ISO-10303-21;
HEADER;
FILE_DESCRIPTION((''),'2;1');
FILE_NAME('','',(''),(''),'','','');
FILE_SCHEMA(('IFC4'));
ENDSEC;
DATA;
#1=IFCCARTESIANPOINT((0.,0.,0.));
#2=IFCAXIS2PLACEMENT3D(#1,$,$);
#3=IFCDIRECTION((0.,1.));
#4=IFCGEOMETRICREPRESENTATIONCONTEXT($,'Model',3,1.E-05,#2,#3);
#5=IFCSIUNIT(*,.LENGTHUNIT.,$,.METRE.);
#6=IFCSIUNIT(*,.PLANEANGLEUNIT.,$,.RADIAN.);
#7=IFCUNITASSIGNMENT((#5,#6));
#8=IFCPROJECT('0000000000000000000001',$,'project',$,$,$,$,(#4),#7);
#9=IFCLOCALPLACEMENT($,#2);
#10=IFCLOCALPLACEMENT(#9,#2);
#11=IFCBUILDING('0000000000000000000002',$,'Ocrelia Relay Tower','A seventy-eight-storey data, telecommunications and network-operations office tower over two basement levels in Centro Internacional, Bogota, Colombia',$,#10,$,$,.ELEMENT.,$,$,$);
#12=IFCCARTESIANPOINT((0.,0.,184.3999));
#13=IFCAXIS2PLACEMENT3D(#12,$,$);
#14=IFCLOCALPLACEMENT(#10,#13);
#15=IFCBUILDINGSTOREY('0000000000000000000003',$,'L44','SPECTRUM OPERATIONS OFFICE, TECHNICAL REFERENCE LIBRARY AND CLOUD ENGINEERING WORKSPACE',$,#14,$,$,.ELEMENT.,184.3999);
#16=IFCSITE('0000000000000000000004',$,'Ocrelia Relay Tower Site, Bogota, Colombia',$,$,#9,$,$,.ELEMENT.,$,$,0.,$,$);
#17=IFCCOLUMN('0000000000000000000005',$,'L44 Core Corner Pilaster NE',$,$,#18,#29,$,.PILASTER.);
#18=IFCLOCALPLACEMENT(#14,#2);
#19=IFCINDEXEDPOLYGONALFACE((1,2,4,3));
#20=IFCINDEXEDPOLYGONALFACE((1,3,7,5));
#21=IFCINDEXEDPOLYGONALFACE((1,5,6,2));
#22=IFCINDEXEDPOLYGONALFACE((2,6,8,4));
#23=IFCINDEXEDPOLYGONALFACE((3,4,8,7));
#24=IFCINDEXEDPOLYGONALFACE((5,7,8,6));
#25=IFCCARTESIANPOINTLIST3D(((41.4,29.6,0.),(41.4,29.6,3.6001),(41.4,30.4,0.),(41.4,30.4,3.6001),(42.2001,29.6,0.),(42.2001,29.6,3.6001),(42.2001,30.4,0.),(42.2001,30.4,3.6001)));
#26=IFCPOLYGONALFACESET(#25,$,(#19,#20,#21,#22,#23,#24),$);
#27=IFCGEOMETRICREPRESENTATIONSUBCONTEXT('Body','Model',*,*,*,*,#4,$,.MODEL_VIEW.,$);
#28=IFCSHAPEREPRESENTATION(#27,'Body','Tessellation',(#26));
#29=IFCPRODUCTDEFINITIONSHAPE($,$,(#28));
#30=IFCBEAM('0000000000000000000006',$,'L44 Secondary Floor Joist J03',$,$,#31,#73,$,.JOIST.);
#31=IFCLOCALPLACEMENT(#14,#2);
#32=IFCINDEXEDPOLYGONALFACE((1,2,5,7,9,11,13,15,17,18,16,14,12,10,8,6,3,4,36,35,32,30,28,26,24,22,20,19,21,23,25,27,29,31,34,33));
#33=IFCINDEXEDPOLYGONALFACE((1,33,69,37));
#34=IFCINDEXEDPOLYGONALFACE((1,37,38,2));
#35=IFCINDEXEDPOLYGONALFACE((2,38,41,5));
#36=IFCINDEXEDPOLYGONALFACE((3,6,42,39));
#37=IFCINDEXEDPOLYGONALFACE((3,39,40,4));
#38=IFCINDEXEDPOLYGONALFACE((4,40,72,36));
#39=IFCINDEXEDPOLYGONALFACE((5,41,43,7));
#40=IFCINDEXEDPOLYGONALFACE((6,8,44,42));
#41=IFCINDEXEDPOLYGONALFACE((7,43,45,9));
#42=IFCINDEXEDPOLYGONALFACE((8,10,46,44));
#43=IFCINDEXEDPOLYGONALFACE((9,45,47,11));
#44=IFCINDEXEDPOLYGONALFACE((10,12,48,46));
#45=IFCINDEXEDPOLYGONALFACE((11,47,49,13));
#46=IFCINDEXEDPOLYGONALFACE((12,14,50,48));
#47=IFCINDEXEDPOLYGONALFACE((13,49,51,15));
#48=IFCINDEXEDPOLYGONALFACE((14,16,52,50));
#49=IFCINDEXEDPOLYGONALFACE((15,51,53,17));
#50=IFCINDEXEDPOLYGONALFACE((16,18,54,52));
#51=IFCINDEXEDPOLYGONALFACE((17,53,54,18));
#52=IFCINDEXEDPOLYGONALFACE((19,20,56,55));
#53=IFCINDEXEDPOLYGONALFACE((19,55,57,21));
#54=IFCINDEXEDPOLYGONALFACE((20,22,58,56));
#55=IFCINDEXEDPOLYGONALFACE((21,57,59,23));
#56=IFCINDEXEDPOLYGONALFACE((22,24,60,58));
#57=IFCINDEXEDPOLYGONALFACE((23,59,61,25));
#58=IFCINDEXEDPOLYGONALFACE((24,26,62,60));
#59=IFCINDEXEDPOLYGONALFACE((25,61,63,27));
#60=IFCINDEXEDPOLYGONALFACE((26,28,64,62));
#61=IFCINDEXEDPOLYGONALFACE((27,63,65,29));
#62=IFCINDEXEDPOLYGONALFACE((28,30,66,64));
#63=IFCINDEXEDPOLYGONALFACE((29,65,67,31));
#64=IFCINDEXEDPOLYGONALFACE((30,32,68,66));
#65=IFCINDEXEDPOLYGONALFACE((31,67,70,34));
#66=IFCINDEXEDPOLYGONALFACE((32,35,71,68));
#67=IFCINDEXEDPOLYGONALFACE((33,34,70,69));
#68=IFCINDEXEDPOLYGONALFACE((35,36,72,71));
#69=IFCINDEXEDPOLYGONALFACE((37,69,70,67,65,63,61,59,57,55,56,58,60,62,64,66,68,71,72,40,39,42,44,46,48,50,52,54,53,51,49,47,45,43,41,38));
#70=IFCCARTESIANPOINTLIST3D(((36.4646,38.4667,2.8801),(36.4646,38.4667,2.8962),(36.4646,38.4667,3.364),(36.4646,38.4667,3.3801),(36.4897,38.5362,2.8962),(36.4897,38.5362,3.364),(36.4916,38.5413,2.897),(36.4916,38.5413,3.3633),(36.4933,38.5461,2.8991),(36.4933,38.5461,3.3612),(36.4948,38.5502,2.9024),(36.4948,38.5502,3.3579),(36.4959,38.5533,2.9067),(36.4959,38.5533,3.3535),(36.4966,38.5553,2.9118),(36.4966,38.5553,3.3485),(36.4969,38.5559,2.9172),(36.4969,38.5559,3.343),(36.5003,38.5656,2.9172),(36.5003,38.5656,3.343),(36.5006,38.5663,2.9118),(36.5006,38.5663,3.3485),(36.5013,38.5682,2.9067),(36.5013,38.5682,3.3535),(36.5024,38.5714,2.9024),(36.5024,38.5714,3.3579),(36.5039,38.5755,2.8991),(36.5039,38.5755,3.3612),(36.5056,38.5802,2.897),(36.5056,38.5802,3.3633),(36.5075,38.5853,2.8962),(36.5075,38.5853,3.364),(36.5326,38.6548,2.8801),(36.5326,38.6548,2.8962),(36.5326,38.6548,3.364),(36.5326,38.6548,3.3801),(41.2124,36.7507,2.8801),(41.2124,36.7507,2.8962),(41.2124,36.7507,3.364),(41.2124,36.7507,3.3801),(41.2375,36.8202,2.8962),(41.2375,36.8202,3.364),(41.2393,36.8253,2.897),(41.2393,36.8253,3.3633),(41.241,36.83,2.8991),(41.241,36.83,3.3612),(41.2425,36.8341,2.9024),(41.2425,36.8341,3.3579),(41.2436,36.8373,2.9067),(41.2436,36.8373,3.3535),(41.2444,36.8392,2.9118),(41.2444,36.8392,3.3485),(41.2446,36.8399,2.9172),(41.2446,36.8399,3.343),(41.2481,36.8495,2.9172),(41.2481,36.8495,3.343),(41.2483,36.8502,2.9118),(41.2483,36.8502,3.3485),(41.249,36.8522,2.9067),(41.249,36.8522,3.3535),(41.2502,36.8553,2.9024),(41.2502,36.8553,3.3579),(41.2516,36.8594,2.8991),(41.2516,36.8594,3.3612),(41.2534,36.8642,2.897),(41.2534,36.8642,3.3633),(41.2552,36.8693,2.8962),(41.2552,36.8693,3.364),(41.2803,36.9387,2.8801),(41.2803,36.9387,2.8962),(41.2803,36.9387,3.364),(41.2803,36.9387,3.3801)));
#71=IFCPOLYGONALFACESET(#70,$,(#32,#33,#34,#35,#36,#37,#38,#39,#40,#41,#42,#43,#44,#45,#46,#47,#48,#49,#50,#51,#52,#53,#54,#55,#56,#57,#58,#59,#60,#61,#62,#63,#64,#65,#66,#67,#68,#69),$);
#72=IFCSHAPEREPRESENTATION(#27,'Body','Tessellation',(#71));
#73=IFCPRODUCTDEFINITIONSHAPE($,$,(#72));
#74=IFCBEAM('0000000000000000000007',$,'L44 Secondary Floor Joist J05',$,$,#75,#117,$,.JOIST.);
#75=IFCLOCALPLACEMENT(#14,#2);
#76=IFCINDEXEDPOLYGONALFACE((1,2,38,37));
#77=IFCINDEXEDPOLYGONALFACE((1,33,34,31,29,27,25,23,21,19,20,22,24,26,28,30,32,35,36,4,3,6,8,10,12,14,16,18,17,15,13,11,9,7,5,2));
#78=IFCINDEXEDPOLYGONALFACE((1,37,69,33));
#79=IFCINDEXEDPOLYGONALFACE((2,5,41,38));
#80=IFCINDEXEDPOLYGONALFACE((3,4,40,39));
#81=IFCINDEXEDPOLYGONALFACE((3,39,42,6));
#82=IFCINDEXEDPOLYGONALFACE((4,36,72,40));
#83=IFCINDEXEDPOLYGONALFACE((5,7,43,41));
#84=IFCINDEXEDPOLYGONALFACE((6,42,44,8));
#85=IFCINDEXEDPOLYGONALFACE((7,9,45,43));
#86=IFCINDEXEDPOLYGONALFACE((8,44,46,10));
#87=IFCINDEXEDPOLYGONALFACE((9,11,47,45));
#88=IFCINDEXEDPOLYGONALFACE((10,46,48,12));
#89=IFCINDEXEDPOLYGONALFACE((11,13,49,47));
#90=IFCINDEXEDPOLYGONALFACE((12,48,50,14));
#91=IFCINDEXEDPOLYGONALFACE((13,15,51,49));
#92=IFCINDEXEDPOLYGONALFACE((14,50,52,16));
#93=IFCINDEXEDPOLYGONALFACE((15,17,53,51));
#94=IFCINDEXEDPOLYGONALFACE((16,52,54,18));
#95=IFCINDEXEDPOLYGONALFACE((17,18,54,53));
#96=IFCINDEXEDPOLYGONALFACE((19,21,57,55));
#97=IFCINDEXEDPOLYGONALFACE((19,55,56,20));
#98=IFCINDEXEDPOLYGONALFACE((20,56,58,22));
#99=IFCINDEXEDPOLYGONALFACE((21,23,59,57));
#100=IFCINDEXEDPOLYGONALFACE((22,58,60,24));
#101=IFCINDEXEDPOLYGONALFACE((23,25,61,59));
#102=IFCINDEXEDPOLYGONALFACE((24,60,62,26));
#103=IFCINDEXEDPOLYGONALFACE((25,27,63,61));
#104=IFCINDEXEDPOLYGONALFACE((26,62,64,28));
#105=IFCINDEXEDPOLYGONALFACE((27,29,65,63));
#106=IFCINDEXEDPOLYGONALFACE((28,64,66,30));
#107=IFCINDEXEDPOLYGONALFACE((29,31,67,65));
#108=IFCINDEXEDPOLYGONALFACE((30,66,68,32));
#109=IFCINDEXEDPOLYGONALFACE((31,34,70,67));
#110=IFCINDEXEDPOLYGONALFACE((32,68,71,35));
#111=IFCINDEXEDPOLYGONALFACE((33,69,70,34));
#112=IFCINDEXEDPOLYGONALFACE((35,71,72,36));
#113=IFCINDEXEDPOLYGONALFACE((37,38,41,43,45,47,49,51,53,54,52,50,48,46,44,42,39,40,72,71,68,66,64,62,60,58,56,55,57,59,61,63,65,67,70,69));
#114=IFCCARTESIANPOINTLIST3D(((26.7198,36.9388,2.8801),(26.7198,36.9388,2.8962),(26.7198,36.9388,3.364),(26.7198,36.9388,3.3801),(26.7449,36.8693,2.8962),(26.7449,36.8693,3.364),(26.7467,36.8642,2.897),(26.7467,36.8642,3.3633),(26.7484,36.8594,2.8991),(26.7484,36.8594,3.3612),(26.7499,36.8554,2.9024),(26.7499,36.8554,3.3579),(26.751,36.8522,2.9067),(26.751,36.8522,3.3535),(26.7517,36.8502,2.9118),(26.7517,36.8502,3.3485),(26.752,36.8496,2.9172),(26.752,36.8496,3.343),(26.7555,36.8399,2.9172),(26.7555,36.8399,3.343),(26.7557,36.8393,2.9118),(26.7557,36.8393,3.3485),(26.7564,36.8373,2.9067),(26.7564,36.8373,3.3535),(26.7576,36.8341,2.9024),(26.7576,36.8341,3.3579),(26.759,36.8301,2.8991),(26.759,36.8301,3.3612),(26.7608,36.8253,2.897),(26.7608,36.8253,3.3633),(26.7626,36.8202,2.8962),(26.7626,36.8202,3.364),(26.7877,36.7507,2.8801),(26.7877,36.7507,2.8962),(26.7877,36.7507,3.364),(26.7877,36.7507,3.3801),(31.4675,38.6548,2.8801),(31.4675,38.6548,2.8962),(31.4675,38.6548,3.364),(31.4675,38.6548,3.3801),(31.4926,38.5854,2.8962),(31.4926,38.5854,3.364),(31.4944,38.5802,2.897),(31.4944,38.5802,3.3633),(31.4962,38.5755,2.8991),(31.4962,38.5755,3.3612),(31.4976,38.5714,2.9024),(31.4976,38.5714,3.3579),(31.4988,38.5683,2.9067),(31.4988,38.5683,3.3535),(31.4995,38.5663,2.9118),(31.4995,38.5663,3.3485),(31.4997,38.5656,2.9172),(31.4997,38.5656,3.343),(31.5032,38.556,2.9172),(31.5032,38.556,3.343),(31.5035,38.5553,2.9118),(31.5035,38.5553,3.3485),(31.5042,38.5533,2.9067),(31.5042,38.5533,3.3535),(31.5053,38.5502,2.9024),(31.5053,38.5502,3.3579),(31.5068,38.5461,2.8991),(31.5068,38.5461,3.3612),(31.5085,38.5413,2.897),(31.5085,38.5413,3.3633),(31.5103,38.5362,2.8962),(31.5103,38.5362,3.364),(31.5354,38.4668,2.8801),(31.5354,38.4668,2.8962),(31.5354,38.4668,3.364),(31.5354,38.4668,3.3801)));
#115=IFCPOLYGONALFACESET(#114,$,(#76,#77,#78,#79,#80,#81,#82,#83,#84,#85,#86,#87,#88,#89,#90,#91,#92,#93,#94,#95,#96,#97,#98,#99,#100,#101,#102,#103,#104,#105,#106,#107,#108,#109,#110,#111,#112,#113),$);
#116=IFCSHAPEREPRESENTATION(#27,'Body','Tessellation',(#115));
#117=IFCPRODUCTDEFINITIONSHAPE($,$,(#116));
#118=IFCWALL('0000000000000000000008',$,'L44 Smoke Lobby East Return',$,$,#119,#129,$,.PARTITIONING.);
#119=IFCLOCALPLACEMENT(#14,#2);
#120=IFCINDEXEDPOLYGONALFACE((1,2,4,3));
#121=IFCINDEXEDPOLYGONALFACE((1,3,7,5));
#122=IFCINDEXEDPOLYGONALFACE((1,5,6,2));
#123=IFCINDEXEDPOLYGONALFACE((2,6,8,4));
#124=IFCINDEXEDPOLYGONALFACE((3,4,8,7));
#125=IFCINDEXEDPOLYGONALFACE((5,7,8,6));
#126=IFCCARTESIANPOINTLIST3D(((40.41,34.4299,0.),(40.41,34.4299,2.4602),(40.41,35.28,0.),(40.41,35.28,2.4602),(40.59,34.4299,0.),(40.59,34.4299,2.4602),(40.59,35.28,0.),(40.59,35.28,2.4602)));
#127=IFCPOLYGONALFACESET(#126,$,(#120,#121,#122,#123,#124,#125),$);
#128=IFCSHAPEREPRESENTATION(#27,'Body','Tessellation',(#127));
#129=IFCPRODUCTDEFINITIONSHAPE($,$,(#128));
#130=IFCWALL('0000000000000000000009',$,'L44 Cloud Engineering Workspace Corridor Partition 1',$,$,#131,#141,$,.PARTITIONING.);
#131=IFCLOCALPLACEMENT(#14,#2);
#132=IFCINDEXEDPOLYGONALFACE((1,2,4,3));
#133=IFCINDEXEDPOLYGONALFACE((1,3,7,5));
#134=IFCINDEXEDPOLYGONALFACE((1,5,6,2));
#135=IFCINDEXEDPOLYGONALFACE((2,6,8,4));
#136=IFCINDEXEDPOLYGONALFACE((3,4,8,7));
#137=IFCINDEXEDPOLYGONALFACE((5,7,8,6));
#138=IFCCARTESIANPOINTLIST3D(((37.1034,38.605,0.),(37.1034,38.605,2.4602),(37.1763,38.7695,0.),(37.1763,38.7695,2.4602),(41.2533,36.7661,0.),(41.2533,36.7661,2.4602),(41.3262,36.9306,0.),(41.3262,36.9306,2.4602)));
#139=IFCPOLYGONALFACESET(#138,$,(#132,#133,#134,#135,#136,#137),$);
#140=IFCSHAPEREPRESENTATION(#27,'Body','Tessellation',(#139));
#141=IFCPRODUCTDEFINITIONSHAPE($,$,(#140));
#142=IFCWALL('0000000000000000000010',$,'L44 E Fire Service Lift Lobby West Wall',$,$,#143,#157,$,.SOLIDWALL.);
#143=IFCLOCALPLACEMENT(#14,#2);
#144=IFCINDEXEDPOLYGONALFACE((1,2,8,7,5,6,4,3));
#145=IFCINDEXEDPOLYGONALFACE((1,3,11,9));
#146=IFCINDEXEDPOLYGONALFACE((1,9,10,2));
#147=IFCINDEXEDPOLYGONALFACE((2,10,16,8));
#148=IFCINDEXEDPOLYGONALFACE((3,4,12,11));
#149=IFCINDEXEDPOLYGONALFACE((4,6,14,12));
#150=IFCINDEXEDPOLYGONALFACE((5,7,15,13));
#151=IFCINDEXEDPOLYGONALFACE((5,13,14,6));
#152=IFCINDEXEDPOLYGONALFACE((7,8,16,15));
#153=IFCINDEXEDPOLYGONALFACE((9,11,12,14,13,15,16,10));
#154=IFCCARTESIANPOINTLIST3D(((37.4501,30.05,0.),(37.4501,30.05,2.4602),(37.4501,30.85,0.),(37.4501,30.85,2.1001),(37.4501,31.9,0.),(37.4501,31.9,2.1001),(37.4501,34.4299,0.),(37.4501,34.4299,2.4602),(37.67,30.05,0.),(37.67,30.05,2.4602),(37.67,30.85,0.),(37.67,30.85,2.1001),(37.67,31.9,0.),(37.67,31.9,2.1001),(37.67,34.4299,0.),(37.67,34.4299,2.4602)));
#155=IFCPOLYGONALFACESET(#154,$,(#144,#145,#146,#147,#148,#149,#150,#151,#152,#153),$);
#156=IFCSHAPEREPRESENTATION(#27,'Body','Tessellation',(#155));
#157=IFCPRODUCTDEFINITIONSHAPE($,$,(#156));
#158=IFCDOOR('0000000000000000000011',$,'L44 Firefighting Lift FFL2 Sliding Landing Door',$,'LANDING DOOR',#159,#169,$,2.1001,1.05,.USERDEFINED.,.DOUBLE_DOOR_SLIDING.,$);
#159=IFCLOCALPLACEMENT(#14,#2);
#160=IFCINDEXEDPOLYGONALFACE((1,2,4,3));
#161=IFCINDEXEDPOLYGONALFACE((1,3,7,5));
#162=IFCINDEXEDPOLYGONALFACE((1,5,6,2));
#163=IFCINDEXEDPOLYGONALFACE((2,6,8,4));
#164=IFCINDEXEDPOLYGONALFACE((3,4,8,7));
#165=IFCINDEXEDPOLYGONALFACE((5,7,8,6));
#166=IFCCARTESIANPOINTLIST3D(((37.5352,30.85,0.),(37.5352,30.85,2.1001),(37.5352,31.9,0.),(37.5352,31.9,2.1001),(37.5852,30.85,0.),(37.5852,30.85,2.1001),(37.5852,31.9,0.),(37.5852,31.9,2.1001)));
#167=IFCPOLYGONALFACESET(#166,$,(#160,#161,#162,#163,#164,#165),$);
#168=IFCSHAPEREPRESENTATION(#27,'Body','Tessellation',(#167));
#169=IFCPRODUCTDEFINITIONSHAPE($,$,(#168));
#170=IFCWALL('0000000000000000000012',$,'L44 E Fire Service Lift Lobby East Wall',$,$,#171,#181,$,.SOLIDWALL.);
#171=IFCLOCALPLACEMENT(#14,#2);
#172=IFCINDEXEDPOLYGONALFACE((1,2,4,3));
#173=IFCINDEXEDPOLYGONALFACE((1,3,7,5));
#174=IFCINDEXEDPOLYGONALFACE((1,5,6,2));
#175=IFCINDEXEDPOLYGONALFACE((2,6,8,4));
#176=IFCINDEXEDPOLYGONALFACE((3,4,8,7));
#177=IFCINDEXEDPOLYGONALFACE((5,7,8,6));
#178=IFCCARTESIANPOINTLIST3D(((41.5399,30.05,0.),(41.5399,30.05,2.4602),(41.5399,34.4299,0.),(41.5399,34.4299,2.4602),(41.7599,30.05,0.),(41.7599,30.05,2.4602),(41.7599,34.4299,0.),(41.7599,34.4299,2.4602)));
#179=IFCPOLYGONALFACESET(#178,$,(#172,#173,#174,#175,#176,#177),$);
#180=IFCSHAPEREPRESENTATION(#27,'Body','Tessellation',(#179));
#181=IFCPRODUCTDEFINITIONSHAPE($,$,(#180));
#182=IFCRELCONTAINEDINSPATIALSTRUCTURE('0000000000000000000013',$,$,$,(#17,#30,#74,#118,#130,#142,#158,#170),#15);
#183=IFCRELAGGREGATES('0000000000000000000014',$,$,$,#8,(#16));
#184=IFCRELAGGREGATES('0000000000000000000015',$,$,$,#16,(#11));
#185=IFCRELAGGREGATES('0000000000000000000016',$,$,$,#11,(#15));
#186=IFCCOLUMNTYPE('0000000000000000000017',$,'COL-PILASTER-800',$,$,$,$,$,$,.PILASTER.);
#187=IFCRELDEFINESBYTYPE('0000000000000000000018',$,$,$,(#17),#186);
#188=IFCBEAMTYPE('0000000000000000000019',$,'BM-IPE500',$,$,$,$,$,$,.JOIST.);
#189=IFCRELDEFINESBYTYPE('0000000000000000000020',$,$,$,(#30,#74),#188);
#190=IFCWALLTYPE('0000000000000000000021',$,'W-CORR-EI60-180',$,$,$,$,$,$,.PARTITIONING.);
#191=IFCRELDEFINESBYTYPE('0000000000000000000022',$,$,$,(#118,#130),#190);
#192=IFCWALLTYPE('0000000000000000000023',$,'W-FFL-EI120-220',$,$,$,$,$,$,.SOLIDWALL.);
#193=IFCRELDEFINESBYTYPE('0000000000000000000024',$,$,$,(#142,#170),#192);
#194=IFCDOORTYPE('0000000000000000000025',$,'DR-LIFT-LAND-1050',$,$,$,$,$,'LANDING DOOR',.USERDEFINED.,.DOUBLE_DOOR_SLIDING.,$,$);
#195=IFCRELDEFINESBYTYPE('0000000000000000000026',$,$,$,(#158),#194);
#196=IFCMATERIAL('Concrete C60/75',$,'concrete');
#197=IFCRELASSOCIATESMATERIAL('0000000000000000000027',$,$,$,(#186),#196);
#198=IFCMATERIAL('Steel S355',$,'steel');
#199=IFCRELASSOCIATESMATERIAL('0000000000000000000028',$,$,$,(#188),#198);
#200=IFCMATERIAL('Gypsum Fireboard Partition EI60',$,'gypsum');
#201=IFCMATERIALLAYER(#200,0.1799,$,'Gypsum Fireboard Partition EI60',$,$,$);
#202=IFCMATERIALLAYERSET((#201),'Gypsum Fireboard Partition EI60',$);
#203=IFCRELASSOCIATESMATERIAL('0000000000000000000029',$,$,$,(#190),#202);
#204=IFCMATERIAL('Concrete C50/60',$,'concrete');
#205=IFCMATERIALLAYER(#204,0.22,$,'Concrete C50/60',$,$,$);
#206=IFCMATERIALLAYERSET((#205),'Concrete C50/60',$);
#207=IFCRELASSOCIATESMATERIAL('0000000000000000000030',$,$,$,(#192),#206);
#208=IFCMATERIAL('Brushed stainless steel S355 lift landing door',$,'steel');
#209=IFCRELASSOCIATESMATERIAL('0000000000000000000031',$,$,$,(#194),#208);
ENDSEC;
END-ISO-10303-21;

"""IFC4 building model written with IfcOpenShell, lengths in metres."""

from ifc_helpers import new_model, si_unit, direction, frame, frame_2d, origin, origin_2d, place, context, subcontext, project, spatial, rectangle, i_section, extrude, material, layer, layer_set, material_profile, profile_set, type_object, element, fill, save


model = new_model("IFC4")

# Units and contexts
model_context = context("Model", 3, precision=1e-05, world=origin(), true_north=direction((0.0, 1.0)))
body_context = subcontext(model_context, "Body", "Model", "MODEL_VIEW")
ifc_project = project(units=[si_unit("LENGTHUNIT", "METRE"), si_unit("PLANEANGLEUNIT", "RADIAN")], contexts=[model_context])

# Site, building, storey
site_placement = place(None, origin())
site = spatial("IfcSite", under=ifc_project, at=site_placement, Name="Ocrelia Relay Tower Site, Bogota, Colombia", CompositionType="ELEMENT", RefElevation=0.0)
building_placement = place(site_placement, origin())
building = spatial("IfcBuilding", under=site, at=building_placement, Name="Ocrelia Relay Tower", Description="A seventy-eight-storey data, telecommunications and network-operations office tower over two basement levels in Centro Internacional, Bogota, Colombia", CompositionType="ELEMENT")
storey_placement = place(building_placement, frame((0.0, 0.0, 184.3999)))
storey = spatial("IfcBuildingStorey", under=building, at=storey_placement, Name="L44", Description="SPECTRUM OPERATIONS OFFICE, TECHNICAL REFERENCE LIBRARY AND CLOUD ENGINEERING WORKSPACE", CompositionType="ELEMENT", Elevation=184.3999)

# Column
ifc_material_1 = material(Name="Concrete C60/75", Category="concrete")
ifc_material_profile_1 = material_profile(ifc_material_1, rectangle(XDim=0.8, YDim=0.8, at=origin_2d()), Name="RC-COL-800x800")
ifc_profile_set_1 = profile_set([ifc_material_profile_1], Name="Concrete C60/75")
column_type = type_object("IfcColumnType", Name="COL-PILASTER-800", PredefinedType="PILASTER", material=ifc_profile_set_1)
column_placement = place(storey_placement, frame((41.8, 30.0, 0.0), z_axis=(0.0, 0.0, 1.0), x_axis=(1.0, 0.0, 0.0)))
element("IfcColumn", 1, at=column_placement, inside=storey, type_object=column_type, Name="L44 Core Corner Pilaster NE", PredefinedType="PILASTER", context=body_context, shape_type="SweptSolid", body=[
    extrude(rectangle(XDim=0.8, YDim=0.8, at=origin_2d()), origin(), (0.0, 0.0, 1.0), 3.6001),
])

# Beams
ifc_material_2 = material(Name="Steel S355", Category="steel")
ifc_material_profile_2 = material_profile(ifc_material_2, i_section(OverallWidth=0.2, OverallDepth=0.5, WebThickness=0.0103, FlangeThickness=0.0161, FilletRadius=0.021, at=origin_2d()), Name="IPE 500")
ifc_profile_set_2 = profile_set([ifc_material_profile_2], Name="Steel S355")
beam_type = type_object("IfcBeamType", Name="BM-IPE500", PredefinedType="JOIST", material=ifc_profile_set_2)
for number, where, z_axis, x_axis, name in (
    (2, (41.2463, 36.8447, 3.1301), (-0.940454, 0.339921, 0.0), (-0.339921, -0.940454, 0.0), "L44 Secondary Floor Joist J03"),
    (3, (31.5015, 38.5608, 3.1301), (-0.940454, -0.339921, 0.0), (0.339921, -0.940454, 0.0), "L44 Secondary Floor Joist J05"),
):
    element("IfcBeam", number, at=place(storey_placement, frame(where, z_axis=z_axis, x_axis=x_axis)), inside=storey, type_object=beam_type, Name=name, PredefinedType="JOIST", context=body_context, shape_type="SweptSolid", body=[
        extrude(i_section(OverallWidth=0.2, OverallDepth=0.5, WebThickness=0.0103, FlangeThickness=0.0161, FilletRadius=0.021, at=origin_2d()), origin(), (0.0, 0.0, 1.0), 5.0483),
    ])

# Wall
ifc_material_3 = material(Name="Gypsum Fireboard Partition EI60", Category="gypsum")
ifc_layer_1 = layer(ifc_material_3, 0.1799, Name="Gypsum Fireboard Partition EI60")
ifc_layer_set_1 = layer_set([ifc_layer_1], Name="Gypsum Fireboard Partition EI60")
wall_type_1 = type_object("IfcWallType", Name="W-CORR-EI60-180", PredefinedType="PARTITIONING", material=ifc_layer_set_1)
wall_1_placement = place(storey_placement, frame((40.5, 35.28, 0.0), z_axis=(0.0, 0.0, 1.0), x_axis=(0.0, -1.0, 0.0)))
element("IfcWall", 4, at=wall_1_placement, inside=storey, type_object=wall_type_1, Name="L44 Smoke Lobby East Return", PredefinedType="PARTITIONING", context=body_context, shape_type="SweptSolid", body=[
    extrude(rectangle(XDim=0.8501, YDim=0.1799, at=frame_2d((0.425, 0.0))), origin(), (0.0, 0.0, 1.0), 2.4602),
])

# Wall
wall_2_placement = place(storey_placement, frame((41.2898, 36.8484, 0.0), z_axis=(0.0, 0.0, 1.0), x_axis=(-0.914263, 0.40512, 0.0)))
element("IfcWall", 5, at=wall_2_placement, inside=storey, type_object=wall_type_1, Name="L44 Cloud Engineering Workspace Corridor Partition 1", PredefinedType="PARTITIONING", context=body_context, shape_type="SweptSolid", body=[
    extrude(rectangle(XDim=4.5391, YDim=0.1799, at=frame_2d((2.2695, 0.0))), origin(), (0.0, 0.0, 1.0), 2.4602),
])

# Wall, opening, door
ifc_material_4 = material(Name="Concrete C50/60", Category="concrete")
ifc_layer_2 = layer(ifc_material_4, 0.22, Name="Concrete C50/60")
ifc_layer_set_2 = layer_set([ifc_layer_2], Name="Concrete C50/60")
wall_type_2 = type_object("IfcWallType", Name="W-FFL-EI120-220", PredefinedType="SOLIDWALL", material=ifc_layer_set_2)
wall_3_placement = place(storey_placement, frame((37.5601, 30.05, 0.0), z_axis=(0.0, 0.0, 1.0), x_axis=(0.0, 1.0, 0.0)))
wall_3 = element("IfcWall", 6, at=wall_3_placement, inside=storey, type_object=wall_type_2, Name="L44 E Fire Service Lift Lobby West Wall", PredefinedType="SOLIDWALL", context=body_context, shape_type="SweptSolid", body=[
    extrude(rectangle(XDim=4.3799, YDim=0.22, at=frame_2d((2.1899, 0.0))), origin(), (0.0, 0.0, 1.0), 2.4602),
])
opening_1_placement = place(wall_3_placement, frame((0.8, 0.0, 0.0)))
opening_1 = element("IfcOpeningElement", 7, at=opening_1_placement, cuts=wall_3, PredefinedType="OPENING", context=body_context, shape_type="SweptSolid", body=[
    extrude(rectangle(XDim=1.05, YDim=2.1001, at=frame_2d((0.5249, 1.05))), frame((0.0, 0.1201, 0.0), z_axis=(0.0, -1.0, 0.0), x_axis=(1.0, 0.0, 0.0)), (0.0, 0.0, 1.0), 0.24),
])
ifc_material_5 = material(Name="Brushed stainless steel S355 lift landing door", Category="steel")
door_type_1 = type_object("IfcDoorType", Name="DR-LIFT-LAND-1050", ElementType="LANDING DOOR", OperationType="DOUBLE_DOOR_SLIDING", PredefinedType="USERDEFINED", material=ifc_material_5)
door_1_placement = place(opening_1_placement, origin())
door_1 = element("IfcDoor", 8, at=door_1_placement, inside=storey, type_object=door_type_1, Name="L44 Firefighting Lift FFL2 Sliding Landing Door", ObjectType="LANDING DOOR", OperationType="DOUBLE_DOOR_SLIDING", OverallHeight=2.1001, OverallWidth=1.05, PredefinedType="USERDEFINED", context=body_context, shape_type="SweptSolid", body=[
    extrude(rectangle(XDim=1.05, YDim=2.1001, at=frame_2d((0.5249, 1.05))), frame((0.0, 0.0249, 0.0), z_axis=(0.0, -1.0, 0.0), x_axis=(1.0, 0.0, 0.0)), (0.0, 0.0, 1.0), 0.05),
])
fill(opening_1, door_1)

# Wall
wall_4_placement = place(storey_placement, frame((41.6499, 30.05, 0.0), z_axis=(0.0, 0.0, 1.0), x_axis=(0.0, 1.0, 0.0)))
element("IfcWall", 9, at=wall_4_placement, inside=storey, type_object=wall_type_2, Name="L44 E Fire Service Lift Lobby East Wall", PredefinedType="SOLIDWALL", context=body_context, shape_type="SweptSolid", body=[
    extrude(rectangle(XDim=4.3799, YDim=0.22, at=frame_2d((2.1899, 0.0))), origin(), (0.0, 0.0, 1.0), 2.4602),
])

save(model, "model.ifc")
